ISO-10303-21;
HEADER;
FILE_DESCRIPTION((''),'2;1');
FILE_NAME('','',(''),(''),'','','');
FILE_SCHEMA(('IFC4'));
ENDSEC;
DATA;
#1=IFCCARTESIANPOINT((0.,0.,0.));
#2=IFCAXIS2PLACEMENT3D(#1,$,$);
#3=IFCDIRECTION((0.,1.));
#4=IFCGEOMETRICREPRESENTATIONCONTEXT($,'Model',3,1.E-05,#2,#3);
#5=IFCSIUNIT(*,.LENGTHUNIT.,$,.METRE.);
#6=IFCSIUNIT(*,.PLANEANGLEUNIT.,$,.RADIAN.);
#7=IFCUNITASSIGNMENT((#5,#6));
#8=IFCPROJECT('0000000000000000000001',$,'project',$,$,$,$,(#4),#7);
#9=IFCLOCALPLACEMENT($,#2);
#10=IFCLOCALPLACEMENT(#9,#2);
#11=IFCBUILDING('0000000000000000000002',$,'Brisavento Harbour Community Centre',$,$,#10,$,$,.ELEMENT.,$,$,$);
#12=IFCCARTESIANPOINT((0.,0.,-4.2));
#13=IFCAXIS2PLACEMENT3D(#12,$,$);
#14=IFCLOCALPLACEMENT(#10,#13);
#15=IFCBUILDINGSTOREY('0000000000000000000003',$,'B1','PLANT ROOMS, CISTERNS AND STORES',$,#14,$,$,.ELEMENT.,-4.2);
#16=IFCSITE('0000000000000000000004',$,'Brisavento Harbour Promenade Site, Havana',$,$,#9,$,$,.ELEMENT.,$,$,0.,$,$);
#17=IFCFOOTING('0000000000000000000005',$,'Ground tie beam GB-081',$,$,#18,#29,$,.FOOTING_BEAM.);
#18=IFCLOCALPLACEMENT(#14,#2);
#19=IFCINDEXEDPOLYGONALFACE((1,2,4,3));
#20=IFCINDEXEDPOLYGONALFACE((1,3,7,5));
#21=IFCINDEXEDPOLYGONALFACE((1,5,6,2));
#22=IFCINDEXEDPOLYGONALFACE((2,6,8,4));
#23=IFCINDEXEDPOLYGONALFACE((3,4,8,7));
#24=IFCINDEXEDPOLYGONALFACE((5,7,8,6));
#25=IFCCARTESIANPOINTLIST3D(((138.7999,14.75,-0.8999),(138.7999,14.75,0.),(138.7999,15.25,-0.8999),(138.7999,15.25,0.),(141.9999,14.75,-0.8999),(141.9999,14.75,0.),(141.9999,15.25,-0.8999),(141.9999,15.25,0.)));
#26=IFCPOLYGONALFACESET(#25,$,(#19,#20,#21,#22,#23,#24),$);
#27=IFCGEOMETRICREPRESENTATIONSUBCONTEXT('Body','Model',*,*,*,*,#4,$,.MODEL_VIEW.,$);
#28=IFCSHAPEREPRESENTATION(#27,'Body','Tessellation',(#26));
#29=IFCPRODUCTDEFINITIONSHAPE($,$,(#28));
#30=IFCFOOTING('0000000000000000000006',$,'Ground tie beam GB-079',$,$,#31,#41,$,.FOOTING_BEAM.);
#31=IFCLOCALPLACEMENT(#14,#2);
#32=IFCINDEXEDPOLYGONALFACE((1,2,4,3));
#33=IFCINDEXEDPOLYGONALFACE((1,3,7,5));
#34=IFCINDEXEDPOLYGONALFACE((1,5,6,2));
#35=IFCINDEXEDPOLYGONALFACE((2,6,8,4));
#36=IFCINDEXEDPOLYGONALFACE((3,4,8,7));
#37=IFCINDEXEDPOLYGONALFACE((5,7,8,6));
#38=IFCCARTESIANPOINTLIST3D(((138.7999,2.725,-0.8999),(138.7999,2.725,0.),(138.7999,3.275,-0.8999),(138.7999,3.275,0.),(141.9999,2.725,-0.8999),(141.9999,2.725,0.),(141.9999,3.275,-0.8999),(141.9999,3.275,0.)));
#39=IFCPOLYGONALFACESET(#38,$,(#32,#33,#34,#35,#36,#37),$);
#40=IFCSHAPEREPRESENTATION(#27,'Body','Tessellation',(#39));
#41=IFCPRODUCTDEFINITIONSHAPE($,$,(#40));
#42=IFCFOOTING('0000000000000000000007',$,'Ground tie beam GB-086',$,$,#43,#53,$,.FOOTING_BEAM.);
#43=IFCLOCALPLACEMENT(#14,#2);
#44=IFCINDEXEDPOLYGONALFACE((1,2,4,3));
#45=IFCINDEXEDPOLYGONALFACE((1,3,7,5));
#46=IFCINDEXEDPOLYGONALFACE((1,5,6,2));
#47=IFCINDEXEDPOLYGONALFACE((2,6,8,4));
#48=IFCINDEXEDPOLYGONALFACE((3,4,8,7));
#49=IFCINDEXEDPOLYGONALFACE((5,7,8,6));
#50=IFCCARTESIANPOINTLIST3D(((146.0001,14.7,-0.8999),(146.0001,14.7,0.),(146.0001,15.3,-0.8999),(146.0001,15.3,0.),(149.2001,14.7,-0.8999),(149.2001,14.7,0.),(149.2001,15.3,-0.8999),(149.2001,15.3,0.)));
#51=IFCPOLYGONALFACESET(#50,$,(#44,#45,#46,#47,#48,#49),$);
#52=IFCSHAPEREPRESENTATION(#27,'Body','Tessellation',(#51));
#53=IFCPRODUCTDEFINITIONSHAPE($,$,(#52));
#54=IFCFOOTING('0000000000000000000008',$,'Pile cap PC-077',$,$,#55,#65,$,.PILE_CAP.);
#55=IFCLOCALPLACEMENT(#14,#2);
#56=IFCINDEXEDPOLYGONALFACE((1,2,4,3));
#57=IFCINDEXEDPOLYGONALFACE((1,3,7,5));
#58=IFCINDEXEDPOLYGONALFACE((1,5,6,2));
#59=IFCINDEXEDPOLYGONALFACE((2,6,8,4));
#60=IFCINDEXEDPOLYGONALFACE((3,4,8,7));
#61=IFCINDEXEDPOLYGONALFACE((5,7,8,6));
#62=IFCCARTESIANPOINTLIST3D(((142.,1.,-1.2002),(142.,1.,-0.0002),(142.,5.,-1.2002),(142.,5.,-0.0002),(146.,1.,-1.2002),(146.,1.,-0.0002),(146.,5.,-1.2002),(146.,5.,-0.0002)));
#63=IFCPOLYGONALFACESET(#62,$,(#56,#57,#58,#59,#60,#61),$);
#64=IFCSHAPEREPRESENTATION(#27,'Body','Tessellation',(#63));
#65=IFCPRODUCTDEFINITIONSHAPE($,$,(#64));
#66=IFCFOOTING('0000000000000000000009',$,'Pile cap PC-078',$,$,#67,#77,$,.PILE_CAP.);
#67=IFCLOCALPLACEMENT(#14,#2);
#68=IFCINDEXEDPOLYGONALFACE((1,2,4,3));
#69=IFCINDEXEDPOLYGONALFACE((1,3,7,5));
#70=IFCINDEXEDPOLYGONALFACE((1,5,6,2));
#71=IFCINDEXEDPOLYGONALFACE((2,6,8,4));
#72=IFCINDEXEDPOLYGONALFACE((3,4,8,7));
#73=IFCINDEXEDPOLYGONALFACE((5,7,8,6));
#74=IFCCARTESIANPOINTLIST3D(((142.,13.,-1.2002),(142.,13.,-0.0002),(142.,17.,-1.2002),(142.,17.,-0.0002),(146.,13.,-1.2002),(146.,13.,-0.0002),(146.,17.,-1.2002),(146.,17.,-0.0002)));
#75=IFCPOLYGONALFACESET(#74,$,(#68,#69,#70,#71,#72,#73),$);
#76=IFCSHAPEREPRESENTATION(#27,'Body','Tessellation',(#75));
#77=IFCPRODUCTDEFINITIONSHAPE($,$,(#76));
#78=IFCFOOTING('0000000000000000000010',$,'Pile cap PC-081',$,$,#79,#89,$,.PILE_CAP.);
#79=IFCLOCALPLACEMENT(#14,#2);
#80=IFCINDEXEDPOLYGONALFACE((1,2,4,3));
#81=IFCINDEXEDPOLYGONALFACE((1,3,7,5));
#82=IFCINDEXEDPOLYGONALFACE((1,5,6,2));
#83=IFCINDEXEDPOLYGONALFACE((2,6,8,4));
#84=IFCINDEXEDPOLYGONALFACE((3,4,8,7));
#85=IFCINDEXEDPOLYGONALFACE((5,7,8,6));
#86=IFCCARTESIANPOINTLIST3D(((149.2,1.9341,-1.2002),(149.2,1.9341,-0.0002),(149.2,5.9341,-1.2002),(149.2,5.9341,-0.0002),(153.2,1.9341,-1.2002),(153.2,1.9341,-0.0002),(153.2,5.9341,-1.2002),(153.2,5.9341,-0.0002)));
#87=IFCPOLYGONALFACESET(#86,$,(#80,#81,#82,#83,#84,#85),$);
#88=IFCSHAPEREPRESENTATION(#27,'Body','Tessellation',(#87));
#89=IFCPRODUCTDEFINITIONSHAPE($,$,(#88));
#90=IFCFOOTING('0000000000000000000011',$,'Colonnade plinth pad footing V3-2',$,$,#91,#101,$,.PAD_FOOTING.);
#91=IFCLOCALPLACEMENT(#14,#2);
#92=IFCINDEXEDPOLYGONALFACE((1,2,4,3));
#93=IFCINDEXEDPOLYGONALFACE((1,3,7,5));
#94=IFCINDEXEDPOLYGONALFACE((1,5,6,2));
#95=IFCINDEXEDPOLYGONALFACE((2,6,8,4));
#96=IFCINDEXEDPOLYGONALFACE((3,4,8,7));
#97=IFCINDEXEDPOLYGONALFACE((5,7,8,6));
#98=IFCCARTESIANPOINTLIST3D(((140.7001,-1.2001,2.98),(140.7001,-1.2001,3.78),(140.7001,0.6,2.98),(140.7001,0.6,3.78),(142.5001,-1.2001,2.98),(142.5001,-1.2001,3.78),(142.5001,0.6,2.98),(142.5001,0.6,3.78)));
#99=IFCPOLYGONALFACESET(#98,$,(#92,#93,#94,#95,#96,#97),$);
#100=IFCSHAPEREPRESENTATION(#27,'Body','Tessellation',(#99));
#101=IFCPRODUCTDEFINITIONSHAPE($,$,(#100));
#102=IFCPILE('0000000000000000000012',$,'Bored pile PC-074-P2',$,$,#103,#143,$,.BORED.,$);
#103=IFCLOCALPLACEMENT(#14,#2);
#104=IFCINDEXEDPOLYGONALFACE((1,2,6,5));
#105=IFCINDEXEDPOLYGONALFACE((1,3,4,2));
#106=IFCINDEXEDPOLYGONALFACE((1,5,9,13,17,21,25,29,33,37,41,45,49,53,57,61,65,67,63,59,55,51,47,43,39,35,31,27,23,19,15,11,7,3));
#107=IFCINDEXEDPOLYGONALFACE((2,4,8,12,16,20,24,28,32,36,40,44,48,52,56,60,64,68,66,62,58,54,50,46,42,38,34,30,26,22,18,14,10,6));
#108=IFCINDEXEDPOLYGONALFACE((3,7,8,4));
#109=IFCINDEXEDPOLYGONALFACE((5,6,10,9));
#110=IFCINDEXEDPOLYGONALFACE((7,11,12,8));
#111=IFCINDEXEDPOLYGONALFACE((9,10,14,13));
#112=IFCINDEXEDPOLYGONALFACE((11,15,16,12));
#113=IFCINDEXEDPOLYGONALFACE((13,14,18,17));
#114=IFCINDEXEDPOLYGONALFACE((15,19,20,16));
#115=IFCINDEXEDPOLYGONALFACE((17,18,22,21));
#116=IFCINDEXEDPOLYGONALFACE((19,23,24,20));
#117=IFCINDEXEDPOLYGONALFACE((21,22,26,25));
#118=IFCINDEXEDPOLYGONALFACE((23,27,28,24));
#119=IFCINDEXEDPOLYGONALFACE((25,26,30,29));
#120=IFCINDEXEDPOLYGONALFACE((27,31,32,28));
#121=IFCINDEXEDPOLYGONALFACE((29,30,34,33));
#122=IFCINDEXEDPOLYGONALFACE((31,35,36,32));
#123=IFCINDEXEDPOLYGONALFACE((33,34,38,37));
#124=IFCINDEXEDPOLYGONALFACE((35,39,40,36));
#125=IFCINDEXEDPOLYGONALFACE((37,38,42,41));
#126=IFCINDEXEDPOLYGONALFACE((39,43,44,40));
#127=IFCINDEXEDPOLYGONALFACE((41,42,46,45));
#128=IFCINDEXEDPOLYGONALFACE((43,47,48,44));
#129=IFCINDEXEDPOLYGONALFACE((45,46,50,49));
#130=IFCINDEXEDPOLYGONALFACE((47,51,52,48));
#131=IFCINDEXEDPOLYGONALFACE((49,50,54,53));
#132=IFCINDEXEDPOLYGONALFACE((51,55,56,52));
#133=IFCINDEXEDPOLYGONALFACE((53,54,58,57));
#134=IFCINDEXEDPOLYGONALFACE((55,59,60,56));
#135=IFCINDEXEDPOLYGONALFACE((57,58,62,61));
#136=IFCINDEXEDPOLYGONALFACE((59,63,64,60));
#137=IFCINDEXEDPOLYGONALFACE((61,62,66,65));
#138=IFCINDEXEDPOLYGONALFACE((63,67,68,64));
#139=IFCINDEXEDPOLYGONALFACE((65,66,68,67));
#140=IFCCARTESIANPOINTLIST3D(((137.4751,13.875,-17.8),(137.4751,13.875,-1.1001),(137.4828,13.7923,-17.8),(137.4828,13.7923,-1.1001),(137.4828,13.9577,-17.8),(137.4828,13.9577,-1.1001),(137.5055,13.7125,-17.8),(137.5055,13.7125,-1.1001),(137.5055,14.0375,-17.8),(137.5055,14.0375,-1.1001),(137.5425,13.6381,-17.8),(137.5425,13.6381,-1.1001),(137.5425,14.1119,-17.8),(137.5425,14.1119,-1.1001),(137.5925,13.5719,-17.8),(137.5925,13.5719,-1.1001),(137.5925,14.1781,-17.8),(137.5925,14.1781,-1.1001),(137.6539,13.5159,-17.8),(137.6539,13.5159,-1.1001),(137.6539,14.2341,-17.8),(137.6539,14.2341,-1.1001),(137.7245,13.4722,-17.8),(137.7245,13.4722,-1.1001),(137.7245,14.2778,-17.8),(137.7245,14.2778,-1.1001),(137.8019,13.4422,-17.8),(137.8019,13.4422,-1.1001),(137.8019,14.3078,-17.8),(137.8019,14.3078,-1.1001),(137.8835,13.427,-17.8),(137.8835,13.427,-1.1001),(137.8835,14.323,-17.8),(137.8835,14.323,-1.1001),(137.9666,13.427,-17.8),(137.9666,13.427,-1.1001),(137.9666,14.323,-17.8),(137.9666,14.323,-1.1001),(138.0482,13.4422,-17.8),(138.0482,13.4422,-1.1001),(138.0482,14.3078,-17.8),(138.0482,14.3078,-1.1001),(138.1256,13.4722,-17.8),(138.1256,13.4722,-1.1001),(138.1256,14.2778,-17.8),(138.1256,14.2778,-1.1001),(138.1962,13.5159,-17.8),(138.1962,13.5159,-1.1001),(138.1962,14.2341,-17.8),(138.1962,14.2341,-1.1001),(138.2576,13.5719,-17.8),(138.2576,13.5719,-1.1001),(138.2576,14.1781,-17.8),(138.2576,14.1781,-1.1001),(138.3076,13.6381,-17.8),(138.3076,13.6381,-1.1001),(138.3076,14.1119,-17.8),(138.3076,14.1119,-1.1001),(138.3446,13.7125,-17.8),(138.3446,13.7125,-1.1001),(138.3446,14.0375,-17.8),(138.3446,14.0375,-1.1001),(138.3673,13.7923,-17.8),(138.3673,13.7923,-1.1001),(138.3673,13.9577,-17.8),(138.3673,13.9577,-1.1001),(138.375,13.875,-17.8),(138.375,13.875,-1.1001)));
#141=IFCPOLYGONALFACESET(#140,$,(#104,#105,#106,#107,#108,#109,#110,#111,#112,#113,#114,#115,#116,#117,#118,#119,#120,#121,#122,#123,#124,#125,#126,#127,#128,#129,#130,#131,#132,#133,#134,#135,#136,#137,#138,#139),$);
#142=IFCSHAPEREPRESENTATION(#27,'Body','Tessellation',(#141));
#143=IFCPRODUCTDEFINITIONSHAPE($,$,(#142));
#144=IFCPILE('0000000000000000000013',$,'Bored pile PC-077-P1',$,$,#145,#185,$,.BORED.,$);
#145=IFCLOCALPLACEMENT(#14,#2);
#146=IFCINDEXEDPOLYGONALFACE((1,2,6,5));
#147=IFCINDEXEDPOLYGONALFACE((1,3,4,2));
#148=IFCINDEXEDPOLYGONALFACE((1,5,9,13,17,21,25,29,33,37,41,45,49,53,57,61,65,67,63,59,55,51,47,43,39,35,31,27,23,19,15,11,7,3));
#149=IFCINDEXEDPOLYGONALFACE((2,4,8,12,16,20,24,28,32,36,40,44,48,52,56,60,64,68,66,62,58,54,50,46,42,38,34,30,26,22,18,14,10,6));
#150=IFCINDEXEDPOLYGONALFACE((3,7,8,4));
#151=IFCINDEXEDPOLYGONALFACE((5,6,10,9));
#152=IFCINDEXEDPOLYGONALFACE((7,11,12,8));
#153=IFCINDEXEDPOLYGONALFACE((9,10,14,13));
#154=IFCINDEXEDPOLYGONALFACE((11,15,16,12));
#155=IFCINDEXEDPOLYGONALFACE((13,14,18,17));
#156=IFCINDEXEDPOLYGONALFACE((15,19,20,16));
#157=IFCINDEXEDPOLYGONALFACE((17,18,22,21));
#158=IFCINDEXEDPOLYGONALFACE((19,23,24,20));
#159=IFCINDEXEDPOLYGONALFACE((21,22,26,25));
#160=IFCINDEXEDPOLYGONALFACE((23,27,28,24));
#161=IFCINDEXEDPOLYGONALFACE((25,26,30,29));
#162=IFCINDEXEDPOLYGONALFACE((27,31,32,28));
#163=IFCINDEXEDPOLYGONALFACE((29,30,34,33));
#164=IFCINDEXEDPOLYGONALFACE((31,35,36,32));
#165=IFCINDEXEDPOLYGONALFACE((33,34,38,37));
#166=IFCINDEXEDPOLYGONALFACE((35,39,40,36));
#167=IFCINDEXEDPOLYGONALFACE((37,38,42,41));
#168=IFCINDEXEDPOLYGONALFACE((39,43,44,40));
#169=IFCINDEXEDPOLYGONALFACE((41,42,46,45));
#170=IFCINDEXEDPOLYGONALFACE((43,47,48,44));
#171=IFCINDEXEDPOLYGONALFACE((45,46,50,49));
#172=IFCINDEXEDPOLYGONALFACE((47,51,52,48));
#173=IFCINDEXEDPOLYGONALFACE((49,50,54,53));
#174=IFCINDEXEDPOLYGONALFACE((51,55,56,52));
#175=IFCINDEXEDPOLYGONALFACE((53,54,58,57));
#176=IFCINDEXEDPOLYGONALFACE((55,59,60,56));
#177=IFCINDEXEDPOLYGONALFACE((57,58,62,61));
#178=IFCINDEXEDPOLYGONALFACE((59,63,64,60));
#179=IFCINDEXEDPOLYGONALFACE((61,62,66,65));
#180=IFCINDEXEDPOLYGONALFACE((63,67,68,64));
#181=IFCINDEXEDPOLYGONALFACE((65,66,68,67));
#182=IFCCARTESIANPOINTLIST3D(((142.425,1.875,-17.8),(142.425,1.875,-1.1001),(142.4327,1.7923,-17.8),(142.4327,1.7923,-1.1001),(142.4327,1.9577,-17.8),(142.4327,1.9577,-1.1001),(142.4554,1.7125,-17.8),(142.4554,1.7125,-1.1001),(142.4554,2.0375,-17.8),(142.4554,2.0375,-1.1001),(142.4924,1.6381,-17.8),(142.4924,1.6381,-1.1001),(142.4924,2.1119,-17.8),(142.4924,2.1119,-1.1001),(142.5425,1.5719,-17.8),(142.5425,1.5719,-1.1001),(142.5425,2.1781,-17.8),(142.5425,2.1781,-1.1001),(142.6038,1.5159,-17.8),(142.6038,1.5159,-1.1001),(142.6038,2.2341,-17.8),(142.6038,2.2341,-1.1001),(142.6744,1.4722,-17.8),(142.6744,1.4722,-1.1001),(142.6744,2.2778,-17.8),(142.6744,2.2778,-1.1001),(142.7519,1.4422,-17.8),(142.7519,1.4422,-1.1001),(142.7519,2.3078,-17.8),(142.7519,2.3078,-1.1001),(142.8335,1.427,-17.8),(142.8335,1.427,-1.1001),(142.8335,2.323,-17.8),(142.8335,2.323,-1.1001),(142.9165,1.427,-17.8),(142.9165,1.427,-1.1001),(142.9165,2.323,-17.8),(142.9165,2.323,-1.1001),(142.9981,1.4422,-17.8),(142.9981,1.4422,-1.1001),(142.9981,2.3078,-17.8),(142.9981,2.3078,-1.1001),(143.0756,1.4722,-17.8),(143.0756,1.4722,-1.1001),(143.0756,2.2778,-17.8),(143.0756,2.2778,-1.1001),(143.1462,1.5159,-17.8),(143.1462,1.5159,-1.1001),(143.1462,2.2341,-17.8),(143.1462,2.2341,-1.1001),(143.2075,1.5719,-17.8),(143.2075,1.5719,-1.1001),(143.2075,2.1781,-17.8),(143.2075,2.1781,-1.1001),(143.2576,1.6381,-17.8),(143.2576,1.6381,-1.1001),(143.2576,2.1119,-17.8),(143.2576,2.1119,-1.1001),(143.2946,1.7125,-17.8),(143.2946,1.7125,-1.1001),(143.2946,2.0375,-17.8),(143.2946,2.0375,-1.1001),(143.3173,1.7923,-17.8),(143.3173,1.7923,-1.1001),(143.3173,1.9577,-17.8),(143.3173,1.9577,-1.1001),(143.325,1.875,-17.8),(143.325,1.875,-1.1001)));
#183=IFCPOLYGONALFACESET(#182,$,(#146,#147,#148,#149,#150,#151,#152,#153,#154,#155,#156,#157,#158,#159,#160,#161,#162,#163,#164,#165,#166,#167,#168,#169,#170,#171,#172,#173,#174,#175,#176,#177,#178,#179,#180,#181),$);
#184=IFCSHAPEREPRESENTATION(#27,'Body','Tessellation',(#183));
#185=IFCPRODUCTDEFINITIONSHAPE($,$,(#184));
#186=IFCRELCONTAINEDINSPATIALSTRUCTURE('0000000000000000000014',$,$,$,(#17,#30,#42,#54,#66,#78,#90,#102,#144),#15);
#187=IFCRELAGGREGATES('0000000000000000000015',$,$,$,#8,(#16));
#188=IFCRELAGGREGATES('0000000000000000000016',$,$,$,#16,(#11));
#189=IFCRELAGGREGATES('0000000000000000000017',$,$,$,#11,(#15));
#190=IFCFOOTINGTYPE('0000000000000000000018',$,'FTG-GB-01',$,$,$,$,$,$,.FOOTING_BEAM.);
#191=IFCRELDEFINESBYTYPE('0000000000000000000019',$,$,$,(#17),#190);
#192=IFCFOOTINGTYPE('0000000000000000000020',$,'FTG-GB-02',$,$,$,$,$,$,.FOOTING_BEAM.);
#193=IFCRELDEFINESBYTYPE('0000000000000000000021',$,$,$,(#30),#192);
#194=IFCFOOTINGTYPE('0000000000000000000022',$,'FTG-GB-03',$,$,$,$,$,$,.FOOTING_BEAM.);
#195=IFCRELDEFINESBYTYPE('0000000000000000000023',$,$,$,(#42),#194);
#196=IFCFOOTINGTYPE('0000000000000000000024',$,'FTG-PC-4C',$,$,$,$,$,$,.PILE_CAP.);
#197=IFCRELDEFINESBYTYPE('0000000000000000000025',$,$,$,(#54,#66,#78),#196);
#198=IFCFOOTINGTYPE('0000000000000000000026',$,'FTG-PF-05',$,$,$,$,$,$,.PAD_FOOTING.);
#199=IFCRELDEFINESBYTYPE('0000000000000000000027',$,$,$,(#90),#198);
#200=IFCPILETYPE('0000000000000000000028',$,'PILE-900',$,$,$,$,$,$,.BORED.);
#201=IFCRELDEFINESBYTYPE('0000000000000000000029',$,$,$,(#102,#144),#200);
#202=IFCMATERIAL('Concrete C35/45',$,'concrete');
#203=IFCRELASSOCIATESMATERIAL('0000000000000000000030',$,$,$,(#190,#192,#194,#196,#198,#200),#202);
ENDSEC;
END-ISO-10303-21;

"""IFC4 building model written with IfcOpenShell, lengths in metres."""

from ifc_helpers import new_model, si_unit, direction, frame, origin, origin_2d, place, context, subcontext, project, spatial, rectangle, circle, extrude, material, material_profile, profile_set, type_object, element, save


model = new_model("IFC4")

# Units and contexts
model_context = context("Model", 3, precision=1e-05, world=origin(), true_north=direction((0.0, 1.0)))
body_context = subcontext(model_context, "Body", "Model", "MODEL_VIEW")
ifc_project = project(units=[si_unit("LENGTHUNIT", "METRE"), si_unit("PLANEANGLEUNIT", "RADIAN")], contexts=[model_context])

# Site, building, storey
site_placement = place(None, origin())
site = spatial("IfcSite", under=ifc_project, at=site_placement, Name="Brisavento Harbour Promenade Site, Havana", CompositionType="ELEMENT", RefElevation=0.0)
building_placement = place(site_placement, origin())
building = spatial("IfcBuilding", under=site, at=building_placement, Name="Brisavento Harbour Community Centre", CompositionType="ELEMENT")
storey_placement = place(building_placement, frame((0.0, 0.0, -4.2)))
storey = spatial("IfcBuildingStorey", under=building, at=storey_placement, Name="B1", Description="PLANT ROOMS, CISTERNS AND STORES", CompositionType="ELEMENT", Elevation=-4.2)

# Footings
ifc_material_1 = material(Name="Concrete C35/45", Category="concrete")
footing_type_1 = type_object("IfcFootingType", Name="FTG-GB-01", PredefinedType="FOOTING_BEAM", material=ifc_material_1)
footing_1_placement = place(storey_placement, frame((140.3999, 15.0, -0.8999), z_axis=(0.0, 0.0, 1.0), x_axis=(1.0, 0.0, 0.0)))
element("IfcFooting", 1, at=footing_1_placement, inside=storey, type_object=footing_type_1, Name="Ground tie beam GB-081", PredefinedType="FOOTING_BEAM", context=body_context, shape_type="SweptSolid", body=[
    extrude(rectangle(XDim=3.2, YDim=0.5, at=origin_2d()), origin(), (0.0, 0.0, 1.0), 0.8999),
])
footing_type_2 = type_object("IfcFootingType", Name="FTG-GB-02", PredefinedType="FOOTING_BEAM", material=ifc_material_1)
footing_2_placement = place(storey_placement, frame((140.3999, 3.0, -0.8999), z_axis=(0.0, 0.0, 1.0), x_axis=(1.0, 0.0, 0.0)))
element("IfcFooting", 2, at=footing_2_placement, inside=storey, type_object=footing_type_2, Name="Ground tie beam GB-079", PredefinedType="FOOTING_BEAM", context=body_context, shape_type="SweptSolid", body=[
    extrude(rectangle(XDim=3.2, YDim=0.55, at=origin_2d()), origin(), (0.0, 0.0, 1.0), 0.8999),
])
footing_type_3 = type_object("IfcFootingType", Name="FTG-GB-03", PredefinedType="FOOTING_BEAM", material=ifc_material_1)
footing_3_placement = place(storey_placement, frame((147.6001, 15.0, -0.8999), z_axis=(0.0, 0.0, 1.0), x_axis=(1.0, 0.0, 0.0)))
element("IfcFooting", 3, at=footing_3_placement, inside=storey, type_object=footing_type_3, Name="Ground tie beam GB-086", PredefinedType="FOOTING_BEAM", context=body_context, shape_type="SweptSolid", body=[
    extrude(rectangle(XDim=3.2, YDim=0.6001, at=origin_2d()), origin(), (0.0, 0.0, 1.0), 0.8999),
])
footing_type_4 = type_object("IfcFootingType", Name="FTG-PC-4C", PredefinedType="PILE_CAP", material=ifc_material_1)
for number, where, z_axis, x_axis, name in (
    (4, (144.0, 3.0, -1.2002), (0.0, 0.0, 1.0), (1.0, 0.0, 0.0), "Pile cap PC-077"),
    (5, (144.0, 15.0, -1.2002), (0.0, 0.0, 1.0), (1.0, 0.0, 0.0), "Pile cap PC-078"),
    (6, (151.2, 3.9341, -1.2002), (0.0, 0.0, 1.0), (1.0, 0.0, 0.0), "Pile cap PC-081"),
):
    element("IfcFooting", number, at=place(storey_placement, frame(where, z_axis=z_axis, x_axis=x_axis)), inside=storey, type_object=footing_type_4, Name=name, PredefinedType="PILE_CAP", context=body_context, shape_type="SweptSolid", body=[
        extrude(rectangle(XDim=4.0, YDim=4.0, at=origin_2d()), origin(), (0.0, 0.0, 1.0), 1.2),
    ])
footing_type_5 = type_object("IfcFootingType", Name="FTG-PF-05", PredefinedType="PAD_FOOTING", material=ifc_material_1)
footing_4_placement = place(storey_placement, frame((141.6001, -0.3, 2.98), z_axis=(0.0, 0.0, 1.0), x_axis=(1.0, 0.0, 0.0)))
element("IfcFooting", 7, at=footing_4_placement, inside=storey, type_object=footing_type_5, Name="Colonnade plinth pad footing V3-2", PredefinedType="PAD_FOOTING", context=body_context, shape_type="SweptSolid", body=[
    extrude(rectangle(XDim=1.8, YDim=1.8, at=origin_2d()), origin(), (0.0, 0.0, 1.0), 0.8),
])

# Piles
ifc_material_profile_1 = material_profile(ifc_material_1, circle(Radius=0.45, at=origin_2d()), Name="Concrete C35/45")
ifc_profile_set_1 = profile_set([ifc_material_profile_1], Name="Concrete C35/45")
pile_type = type_object("IfcPileType", Name="PILE-900", PredefinedType="BORED", material=ifc_profile_set_1)
for number, where, z_axis, x_axis, name in (
    (8, (137.925, 13.875, -1.1001), (0.0, 0.0, -1.0), (1.0, 0.0, 0.0), "Bored pile PC-074-P2"),
    (9, (142.875, 1.875, -1.1001), (0.0, 0.0, -1.0), (1.0, 0.0, 0.0), "Bored pile PC-077-P1"),
):
    element("IfcPile", number, at=place(storey_placement, frame(where, z_axis=z_axis, x_axis=x_axis)), inside=storey, type_object=pile_type, Name=name, PredefinedType="BORED", context=body_context, shape_type="SweptSolid", body=[
        extrude(circle(Radius=0.45, at=origin_2d()), origin(), (0.0, 0.0, 1.0), 16.7),
    ])

save(model, "model.ifc")
